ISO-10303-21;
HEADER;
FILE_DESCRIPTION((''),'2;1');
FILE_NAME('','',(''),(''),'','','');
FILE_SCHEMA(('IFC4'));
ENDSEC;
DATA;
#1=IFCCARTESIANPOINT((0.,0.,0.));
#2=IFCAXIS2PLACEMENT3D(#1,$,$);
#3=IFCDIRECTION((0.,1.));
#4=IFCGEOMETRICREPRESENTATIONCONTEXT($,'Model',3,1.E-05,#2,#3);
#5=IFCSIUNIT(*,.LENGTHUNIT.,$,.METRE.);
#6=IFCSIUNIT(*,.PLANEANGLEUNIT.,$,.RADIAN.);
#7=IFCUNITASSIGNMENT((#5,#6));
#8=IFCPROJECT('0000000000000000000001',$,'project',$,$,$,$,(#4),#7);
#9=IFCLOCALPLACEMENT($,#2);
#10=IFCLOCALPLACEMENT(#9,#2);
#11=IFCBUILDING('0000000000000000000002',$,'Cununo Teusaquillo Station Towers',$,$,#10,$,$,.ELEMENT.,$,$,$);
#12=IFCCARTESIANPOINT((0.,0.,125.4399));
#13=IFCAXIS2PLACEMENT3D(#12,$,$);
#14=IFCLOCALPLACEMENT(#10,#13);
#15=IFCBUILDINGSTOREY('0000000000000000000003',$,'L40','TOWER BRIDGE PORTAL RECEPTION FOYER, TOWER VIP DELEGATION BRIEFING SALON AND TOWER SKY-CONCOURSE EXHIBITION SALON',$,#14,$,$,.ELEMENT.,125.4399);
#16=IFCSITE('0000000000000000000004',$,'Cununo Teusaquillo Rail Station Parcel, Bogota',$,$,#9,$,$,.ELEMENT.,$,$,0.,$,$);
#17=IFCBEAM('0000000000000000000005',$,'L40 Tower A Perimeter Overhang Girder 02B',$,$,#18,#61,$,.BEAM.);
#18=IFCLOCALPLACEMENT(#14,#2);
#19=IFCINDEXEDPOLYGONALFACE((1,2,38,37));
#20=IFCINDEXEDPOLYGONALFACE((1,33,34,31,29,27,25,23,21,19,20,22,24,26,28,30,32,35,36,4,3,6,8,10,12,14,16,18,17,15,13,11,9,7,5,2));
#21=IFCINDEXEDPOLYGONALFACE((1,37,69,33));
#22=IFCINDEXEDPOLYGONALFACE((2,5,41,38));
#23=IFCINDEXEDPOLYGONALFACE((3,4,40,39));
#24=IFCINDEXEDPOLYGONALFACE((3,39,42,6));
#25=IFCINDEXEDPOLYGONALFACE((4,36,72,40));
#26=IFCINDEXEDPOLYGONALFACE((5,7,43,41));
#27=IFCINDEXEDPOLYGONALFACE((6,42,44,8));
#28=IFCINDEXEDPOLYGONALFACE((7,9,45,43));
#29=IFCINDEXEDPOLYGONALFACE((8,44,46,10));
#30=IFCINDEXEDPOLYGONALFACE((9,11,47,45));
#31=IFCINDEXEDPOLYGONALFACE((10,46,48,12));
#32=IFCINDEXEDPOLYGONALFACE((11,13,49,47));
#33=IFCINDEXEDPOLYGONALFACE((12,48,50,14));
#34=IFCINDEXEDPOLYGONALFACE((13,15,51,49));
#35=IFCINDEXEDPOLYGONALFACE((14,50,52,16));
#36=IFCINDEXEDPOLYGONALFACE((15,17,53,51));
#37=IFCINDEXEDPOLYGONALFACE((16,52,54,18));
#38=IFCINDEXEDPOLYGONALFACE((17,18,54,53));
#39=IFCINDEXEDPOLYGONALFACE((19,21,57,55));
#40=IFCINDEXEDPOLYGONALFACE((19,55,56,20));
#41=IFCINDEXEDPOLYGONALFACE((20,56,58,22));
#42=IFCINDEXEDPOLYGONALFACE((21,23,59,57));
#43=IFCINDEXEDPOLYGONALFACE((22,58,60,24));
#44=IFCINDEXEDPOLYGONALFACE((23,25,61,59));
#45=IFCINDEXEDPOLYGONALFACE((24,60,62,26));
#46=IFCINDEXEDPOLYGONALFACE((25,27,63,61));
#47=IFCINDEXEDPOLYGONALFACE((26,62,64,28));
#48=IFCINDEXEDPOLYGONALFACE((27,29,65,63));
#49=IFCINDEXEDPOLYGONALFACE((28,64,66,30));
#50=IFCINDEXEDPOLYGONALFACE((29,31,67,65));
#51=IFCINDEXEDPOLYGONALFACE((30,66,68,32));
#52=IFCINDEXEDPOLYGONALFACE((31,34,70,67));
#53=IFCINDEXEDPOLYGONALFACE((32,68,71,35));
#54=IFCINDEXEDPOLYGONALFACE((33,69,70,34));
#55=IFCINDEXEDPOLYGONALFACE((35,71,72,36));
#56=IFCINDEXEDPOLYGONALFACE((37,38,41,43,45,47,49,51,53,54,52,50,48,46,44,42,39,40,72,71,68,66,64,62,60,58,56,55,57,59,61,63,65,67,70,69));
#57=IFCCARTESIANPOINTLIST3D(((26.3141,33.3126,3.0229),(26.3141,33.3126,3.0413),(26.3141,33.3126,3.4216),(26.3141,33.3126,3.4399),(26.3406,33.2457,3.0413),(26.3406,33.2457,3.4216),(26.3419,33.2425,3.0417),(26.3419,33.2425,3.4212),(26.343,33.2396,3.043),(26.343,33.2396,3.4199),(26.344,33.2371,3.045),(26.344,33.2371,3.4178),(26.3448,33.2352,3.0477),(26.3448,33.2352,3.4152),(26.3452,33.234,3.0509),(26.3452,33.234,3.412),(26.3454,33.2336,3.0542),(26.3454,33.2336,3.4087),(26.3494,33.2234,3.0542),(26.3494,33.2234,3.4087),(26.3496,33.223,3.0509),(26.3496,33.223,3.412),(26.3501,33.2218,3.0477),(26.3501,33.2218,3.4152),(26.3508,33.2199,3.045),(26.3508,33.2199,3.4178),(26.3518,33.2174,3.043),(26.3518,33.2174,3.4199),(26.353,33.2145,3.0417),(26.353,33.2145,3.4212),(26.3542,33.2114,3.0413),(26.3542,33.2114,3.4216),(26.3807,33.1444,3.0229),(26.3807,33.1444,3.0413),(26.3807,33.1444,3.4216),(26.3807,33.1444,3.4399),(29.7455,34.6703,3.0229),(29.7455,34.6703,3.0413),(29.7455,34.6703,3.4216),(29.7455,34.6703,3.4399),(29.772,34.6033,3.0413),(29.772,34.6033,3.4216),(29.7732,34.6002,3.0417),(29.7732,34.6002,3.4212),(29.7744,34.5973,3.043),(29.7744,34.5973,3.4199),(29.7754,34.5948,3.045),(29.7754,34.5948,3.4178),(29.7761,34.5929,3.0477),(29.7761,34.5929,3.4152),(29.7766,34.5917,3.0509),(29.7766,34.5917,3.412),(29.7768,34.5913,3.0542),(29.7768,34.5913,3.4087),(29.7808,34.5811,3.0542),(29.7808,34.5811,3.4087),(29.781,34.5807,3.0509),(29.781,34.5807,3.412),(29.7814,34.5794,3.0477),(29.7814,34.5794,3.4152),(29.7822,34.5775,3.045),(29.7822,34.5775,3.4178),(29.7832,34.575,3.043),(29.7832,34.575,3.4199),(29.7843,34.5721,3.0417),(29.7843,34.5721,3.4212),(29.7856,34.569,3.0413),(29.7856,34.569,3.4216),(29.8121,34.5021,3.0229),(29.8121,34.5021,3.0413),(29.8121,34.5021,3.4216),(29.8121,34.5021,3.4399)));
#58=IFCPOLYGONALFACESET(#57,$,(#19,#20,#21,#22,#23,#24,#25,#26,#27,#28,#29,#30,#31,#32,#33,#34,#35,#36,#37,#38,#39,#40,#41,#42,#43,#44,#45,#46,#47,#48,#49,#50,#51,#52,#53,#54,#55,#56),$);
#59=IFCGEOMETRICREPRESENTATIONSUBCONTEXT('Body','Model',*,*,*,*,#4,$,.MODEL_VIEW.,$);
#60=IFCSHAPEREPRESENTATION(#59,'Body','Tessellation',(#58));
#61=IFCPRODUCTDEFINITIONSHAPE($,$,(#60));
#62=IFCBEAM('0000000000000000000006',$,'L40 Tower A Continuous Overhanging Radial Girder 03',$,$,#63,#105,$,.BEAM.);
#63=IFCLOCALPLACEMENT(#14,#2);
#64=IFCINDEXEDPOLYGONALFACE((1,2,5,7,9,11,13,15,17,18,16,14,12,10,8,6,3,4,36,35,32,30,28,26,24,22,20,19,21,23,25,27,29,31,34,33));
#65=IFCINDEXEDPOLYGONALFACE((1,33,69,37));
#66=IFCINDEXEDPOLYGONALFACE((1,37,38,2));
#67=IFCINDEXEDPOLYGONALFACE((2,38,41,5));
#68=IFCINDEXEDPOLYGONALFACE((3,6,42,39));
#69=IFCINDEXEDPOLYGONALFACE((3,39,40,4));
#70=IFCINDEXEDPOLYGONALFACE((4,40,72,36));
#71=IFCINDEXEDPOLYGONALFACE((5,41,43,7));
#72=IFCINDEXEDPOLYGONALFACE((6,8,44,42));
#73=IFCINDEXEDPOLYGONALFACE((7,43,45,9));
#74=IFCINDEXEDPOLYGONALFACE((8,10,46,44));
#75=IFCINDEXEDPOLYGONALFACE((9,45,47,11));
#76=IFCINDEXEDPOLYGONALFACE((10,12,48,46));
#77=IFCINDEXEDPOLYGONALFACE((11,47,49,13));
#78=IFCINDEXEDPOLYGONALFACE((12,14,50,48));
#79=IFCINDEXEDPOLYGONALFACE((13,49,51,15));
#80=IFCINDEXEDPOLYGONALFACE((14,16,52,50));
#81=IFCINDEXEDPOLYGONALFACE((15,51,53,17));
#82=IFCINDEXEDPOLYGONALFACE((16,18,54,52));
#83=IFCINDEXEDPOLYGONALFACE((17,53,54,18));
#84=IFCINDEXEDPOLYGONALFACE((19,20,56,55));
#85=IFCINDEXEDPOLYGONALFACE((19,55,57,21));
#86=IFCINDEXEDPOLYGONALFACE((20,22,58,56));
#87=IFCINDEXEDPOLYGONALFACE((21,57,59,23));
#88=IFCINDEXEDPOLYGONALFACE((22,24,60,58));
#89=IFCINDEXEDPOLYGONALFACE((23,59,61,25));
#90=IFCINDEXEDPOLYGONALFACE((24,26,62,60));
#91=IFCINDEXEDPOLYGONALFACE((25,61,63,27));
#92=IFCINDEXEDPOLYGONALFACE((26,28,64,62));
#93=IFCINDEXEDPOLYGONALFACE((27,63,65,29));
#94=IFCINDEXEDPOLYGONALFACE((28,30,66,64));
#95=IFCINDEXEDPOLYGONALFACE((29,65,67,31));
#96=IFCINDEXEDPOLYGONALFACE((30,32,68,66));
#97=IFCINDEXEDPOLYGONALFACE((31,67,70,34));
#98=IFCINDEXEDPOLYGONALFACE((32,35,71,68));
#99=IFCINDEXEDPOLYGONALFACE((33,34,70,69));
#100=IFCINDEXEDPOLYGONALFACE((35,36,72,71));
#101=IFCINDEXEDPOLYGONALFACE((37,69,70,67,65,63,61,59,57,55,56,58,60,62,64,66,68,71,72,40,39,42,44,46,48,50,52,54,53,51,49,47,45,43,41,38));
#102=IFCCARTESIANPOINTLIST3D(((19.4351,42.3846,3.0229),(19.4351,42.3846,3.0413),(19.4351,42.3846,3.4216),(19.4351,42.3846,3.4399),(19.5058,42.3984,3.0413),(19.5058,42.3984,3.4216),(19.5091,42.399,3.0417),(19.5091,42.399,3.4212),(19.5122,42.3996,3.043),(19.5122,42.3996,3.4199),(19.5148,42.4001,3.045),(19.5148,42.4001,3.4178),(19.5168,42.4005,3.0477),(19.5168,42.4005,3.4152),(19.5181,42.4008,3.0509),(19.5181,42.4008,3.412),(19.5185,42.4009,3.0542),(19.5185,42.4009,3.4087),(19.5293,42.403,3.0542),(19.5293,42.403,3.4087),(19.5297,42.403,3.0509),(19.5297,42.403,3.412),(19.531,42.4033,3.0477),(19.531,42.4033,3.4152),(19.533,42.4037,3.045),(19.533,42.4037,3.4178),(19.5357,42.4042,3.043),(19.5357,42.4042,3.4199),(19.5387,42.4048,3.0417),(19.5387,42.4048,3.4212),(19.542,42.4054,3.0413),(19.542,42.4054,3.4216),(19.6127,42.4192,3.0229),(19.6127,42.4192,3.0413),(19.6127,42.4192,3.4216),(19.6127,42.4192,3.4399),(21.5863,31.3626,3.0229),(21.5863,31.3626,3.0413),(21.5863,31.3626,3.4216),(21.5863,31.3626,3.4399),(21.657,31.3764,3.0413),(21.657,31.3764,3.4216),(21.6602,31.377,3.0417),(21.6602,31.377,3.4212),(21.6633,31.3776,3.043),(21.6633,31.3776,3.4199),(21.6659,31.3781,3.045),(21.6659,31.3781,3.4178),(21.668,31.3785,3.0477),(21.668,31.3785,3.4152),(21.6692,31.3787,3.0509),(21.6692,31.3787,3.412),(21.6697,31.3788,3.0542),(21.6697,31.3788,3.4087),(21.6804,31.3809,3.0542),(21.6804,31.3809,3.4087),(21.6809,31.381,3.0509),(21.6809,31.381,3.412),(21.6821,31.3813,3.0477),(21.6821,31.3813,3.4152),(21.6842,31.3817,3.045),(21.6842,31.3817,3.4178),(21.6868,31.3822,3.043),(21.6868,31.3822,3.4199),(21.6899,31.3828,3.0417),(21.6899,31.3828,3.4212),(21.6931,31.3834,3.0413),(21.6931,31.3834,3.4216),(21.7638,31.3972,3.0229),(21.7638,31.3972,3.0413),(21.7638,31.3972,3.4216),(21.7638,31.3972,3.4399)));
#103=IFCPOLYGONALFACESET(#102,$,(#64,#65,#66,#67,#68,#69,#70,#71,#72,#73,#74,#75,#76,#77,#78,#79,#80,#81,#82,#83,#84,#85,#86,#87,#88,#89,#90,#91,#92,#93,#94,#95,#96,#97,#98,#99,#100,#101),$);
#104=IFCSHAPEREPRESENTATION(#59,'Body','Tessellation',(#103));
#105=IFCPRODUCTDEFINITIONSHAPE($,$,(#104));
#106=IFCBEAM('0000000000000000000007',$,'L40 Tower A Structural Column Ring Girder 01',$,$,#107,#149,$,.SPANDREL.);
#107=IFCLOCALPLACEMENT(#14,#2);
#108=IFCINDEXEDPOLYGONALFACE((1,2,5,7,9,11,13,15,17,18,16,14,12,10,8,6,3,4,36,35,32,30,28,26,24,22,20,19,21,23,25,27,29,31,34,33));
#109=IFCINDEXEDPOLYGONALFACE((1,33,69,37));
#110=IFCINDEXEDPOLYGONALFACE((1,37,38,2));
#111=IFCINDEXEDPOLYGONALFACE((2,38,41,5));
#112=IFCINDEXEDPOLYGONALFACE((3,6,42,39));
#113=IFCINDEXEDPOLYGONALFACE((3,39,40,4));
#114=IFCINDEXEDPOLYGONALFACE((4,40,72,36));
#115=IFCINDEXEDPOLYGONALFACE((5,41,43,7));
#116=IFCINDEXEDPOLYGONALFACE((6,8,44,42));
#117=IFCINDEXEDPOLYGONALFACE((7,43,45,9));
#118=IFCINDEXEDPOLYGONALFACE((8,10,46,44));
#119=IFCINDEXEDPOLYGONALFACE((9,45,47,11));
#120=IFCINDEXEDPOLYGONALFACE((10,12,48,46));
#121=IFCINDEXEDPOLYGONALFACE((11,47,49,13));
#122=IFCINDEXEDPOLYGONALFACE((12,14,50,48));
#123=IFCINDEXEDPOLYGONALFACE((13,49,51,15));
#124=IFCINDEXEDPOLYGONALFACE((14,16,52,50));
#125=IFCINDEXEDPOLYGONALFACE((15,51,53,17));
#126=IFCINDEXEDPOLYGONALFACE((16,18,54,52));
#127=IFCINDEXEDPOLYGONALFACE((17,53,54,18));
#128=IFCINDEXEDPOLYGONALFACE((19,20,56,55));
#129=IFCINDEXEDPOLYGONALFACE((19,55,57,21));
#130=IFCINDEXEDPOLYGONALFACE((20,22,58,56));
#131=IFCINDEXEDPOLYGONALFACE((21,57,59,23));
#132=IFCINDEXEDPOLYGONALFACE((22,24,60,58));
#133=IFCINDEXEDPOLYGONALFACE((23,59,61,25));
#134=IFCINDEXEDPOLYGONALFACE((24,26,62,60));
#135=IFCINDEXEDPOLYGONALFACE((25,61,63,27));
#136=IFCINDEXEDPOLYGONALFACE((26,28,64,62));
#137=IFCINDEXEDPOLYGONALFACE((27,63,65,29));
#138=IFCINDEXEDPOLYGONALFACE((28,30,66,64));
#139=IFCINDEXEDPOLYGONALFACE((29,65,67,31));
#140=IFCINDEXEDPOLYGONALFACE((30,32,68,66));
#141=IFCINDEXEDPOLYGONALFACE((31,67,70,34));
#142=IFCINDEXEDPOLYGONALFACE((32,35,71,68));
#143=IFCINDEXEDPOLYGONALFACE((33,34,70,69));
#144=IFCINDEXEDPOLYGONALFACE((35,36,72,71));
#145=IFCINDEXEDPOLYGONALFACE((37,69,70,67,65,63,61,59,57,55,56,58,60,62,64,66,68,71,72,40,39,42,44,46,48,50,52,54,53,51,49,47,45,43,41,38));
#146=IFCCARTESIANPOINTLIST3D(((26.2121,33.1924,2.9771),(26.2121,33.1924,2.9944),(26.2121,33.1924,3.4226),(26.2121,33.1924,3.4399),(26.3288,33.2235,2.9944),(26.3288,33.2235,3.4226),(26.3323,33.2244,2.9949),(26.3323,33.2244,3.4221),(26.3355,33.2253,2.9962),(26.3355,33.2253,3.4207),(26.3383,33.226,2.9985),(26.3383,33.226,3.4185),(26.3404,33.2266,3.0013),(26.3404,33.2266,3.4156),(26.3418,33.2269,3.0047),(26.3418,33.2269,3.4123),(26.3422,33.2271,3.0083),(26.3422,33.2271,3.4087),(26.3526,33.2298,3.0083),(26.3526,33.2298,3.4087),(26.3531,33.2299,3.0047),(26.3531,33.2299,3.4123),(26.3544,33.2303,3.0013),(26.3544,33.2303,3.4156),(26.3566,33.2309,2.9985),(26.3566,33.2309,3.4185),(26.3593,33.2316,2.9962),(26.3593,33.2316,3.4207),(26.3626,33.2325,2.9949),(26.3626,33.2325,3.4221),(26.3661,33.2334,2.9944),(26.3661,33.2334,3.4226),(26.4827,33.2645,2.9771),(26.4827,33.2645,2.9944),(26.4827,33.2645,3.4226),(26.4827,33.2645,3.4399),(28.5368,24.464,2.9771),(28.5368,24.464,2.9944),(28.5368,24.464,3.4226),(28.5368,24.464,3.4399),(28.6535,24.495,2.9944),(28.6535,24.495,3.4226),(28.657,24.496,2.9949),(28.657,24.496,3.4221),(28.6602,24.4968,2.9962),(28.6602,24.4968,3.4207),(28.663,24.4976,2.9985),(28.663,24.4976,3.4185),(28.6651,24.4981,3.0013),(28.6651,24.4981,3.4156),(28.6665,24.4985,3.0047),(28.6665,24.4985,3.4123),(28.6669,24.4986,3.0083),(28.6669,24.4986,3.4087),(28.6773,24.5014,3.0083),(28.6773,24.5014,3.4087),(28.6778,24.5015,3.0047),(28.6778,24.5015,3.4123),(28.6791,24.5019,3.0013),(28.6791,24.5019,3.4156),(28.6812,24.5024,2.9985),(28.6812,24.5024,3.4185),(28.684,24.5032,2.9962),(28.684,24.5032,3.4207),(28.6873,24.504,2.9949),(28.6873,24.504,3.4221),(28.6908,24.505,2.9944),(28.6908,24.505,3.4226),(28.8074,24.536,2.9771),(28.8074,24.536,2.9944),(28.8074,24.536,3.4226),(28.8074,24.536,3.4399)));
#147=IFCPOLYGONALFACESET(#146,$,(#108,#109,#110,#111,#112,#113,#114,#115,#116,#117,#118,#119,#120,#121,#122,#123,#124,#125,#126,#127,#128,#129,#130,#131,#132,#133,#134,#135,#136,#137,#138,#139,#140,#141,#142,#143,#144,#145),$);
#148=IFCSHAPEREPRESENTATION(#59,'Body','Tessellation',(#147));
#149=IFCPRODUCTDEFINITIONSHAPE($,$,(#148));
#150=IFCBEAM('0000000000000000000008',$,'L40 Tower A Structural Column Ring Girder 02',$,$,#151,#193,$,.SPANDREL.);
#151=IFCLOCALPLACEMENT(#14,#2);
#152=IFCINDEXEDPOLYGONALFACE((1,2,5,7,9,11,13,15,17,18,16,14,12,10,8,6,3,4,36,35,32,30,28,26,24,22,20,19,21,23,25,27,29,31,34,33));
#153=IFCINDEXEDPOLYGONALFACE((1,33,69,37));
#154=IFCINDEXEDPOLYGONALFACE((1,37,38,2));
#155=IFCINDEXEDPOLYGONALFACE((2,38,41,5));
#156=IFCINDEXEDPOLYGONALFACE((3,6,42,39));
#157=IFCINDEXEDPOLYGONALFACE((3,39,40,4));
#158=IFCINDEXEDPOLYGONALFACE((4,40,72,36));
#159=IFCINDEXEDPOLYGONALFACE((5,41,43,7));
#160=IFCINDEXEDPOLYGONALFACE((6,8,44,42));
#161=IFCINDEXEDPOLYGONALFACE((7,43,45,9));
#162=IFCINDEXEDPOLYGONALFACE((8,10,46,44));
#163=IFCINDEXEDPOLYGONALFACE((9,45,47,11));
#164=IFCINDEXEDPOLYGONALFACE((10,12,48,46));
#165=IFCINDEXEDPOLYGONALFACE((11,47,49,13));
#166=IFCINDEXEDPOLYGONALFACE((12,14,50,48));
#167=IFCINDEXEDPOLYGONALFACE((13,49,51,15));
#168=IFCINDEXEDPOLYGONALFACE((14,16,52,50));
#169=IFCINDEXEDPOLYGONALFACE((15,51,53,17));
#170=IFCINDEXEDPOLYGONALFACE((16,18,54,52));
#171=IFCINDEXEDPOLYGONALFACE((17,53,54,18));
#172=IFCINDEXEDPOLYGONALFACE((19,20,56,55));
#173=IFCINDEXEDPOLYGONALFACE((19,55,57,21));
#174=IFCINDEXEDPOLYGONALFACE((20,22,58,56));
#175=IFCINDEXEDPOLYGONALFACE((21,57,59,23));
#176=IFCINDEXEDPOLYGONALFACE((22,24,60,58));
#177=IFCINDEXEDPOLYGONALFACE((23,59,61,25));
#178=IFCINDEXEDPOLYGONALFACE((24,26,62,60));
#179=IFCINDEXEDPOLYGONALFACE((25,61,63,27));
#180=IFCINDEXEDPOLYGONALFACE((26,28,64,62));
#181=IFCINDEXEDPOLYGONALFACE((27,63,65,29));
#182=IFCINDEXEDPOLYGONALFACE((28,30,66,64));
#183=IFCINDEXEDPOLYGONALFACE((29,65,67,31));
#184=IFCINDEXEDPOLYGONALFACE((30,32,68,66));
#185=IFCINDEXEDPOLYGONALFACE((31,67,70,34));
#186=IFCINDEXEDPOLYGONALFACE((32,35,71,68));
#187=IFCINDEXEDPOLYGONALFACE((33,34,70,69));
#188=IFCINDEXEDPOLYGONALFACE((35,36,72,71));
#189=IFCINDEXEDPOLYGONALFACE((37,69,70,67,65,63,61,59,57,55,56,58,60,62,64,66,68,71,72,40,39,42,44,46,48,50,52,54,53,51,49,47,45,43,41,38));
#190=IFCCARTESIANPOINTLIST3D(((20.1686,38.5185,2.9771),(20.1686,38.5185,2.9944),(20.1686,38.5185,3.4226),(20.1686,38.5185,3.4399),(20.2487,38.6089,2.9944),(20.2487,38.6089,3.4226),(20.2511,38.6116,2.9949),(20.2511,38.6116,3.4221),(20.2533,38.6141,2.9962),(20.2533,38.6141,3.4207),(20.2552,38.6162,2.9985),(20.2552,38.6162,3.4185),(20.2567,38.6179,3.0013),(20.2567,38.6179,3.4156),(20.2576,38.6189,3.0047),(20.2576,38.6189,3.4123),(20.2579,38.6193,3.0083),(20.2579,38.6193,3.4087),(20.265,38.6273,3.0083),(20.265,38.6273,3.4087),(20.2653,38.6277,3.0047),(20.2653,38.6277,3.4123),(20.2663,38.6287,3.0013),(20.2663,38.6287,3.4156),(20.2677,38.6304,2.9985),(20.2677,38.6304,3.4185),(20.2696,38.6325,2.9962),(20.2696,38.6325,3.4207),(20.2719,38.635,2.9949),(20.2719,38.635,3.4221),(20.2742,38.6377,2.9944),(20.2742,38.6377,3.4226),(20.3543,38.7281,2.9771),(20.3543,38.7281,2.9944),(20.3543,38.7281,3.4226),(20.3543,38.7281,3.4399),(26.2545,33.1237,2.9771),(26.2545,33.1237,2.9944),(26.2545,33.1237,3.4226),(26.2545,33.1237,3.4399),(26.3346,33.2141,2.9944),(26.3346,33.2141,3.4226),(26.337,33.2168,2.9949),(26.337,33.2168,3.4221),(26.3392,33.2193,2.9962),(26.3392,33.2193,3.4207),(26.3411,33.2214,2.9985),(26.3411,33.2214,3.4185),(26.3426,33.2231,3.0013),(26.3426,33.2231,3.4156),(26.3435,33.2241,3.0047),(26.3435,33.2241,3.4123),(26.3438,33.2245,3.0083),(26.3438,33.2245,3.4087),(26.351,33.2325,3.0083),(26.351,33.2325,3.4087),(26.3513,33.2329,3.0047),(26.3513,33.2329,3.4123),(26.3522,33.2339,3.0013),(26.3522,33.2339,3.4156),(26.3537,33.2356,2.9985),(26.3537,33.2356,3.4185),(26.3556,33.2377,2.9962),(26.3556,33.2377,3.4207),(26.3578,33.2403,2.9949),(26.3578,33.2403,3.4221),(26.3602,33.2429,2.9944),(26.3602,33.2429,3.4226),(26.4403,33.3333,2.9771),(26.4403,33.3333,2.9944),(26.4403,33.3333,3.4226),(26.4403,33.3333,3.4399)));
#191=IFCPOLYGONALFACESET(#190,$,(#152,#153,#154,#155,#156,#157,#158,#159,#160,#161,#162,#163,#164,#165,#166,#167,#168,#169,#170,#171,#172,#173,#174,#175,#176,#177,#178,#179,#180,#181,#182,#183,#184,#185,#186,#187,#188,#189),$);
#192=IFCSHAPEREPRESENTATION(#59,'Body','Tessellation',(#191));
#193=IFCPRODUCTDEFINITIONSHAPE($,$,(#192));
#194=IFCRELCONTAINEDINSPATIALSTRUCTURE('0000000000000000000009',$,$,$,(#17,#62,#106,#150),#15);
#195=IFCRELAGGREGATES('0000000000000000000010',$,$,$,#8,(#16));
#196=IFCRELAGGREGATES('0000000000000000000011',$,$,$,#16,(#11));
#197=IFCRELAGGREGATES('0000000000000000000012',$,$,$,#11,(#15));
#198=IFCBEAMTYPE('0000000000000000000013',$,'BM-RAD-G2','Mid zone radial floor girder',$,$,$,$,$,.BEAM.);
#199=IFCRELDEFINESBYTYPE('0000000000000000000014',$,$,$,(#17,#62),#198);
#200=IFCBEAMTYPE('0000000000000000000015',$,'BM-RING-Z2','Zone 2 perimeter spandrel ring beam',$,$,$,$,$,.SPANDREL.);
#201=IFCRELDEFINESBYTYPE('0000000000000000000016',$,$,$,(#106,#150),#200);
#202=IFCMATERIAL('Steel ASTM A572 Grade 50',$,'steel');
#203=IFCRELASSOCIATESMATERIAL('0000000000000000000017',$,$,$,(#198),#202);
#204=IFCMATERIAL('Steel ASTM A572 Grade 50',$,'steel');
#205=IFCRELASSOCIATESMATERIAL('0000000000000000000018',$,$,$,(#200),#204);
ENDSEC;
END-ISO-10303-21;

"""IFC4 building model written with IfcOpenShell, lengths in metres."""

from ifc_helpers import new_model, si_unit, direction, frame, origin, origin_2d, place, context, subcontext, project, spatial, i_section, extrude, material, material_profile, profile_set, type_object, element, save


model = new_model("IFC4")

# Units and contexts
model_context = context("Model", 3, precision=1e-05, world=origin(), true_north=direction((0.0, 1.0)))
body_context = subcontext(model_context, "Body", "Model", "MODEL_VIEW")
ifc_project = project(units=[si_unit("LENGTHUNIT", "METRE"), si_unit("PLANEANGLEUNIT", "RADIAN")], contexts=[model_context])

# Site, building, storey
site_placement = place(None, origin())
site = spatial("IfcSite", under=ifc_project, at=site_placement, Name="Cununo Teusaquillo Rail Station Parcel, Bogota", CompositionType="ELEMENT", RefElevation=0.0)
building_placement = place(site_placement, origin())
building = spatial("IfcBuilding", under=site, at=building_placement, Name="Cununo Teusaquillo Station Towers", CompositionType="ELEMENT")
storey_placement = place(building_placement, frame((0.0, 0.0, 125.4399)))
storey = spatial("IfcBuildingStorey", under=building, at=storey_placement, Name="L40", Description="TOWER BRIDGE PORTAL RECEPTION FOYER, TOWER VIP DELEGATION BRIEFING SALON AND TOWER SKY-CONCOURSE EXHIBITION SALON", CompositionType="ELEMENT", Elevation=125.4399)

# Beams
ifc_material_1 = material(Name="Steel ASTM A572 Grade 50", Category="steel")
ifc_material_profile_1 = material_profile(ifc_material_1, i_section(OverallWidth=0.1809, OverallDepth=0.417, WebThickness=0.011, FlangeThickness=0.0183, FilletRadius=0.0129, at=origin_2d()), Name="W16X57")
ifc_profile_set_1 = profile_set([ifc_material_profile_1], Name="Steel ASTM A572 Grade 50")
beam_type_1 = type_object("IfcBeamType", Name="BM-RAD-G2", Description="Mid zone radial floor girder", PredefinedType="BEAM", material=ifc_profile_set_1)
beam_1_placement = place(storey_placement, frame((26.3474, 33.2285, 3.2314), z_axis=(0.929862, 0.367909, 0.0), x_axis=(-0.367909, 0.929862, 0.0)))
element("IfcBeam", 1, at=beam_1_placement, inside=storey, type_object=beam_type_1, Name="L40 Tower A Perimeter Overhang Girder 02B", PredefinedType="BEAM", context=body_context, shape_type="SweptSolid", body=[
    extrude(i_section(OverallWidth=0.1809, OverallDepth=0.417, WebThickness=0.011, FlangeThickness=0.0183, FilletRadius=0.0129, at=origin_2d()), origin(), (0.0, 0.0, 1.0), 3.6902),
])
beam_2_placement = place(storey_placement, frame((21.675, 31.3799, 3.2314), z_axis=(-0.191553, 0.981482, 0.0), x_axis=(-0.981482, -0.191553, 0.0)))
element("IfcBeam", 2, at=beam_2_placement, inside=storey, type_object=beam_type_1, Name="L40 Tower A Continuous Overhanging Radial Girder 03", PredefinedType="BEAM", context=body_context, shape_type="SweptSolid", body=[
    extrude(i_section(OverallWidth=0.1809, OverallDepth=0.417, WebThickness=0.011, FlangeThickness=0.0183, FilletRadius=0.0129, at=origin_2d()), origin(), (0.0, 0.0, 1.0), 11.23),
])
ifc_material_2 = material(Name="Steel ASTM A572 Grade 50", Category="steel")
ifc_material_profile_2 = material_profile(ifc_material_2, i_section(OverallWidth=0.28, OverallDepth=0.4629, WebThickness=0.0107, FlangeThickness=0.0173, FilletRadius=0.0139, at=origin_2d()), Name="W18X76")
ifc_profile_set_2 = profile_set([ifc_material_profile_2], Name="Steel ASTM A572 Grade 50")
beam_type_2 = type_object("IfcBeamType", Name="BM-RING-Z2", Description="Zone 2 perimeter spandrel ring beam", PredefinedType="SPANDREL", material=ifc_profile_set_2)
beam_3_placement = place(storey_placement, frame((28.6721, 24.5, 3.2085), z_axis=(-0.257363, 0.966315, 0.0), x_axis=(-0.966315, -0.257363, 0.0)))
element("IfcBeam", 3, at=beam_3_placement, inside=storey, type_object=beam_type_2, Name="L40 Tower A Structural Column Ring Girder 01", PredefinedType="SPANDREL", context=body_context, shape_type="SweptSolid", body=[
    extrude(i_section(OverallWidth=0.28, OverallDepth=0.4629, WebThickness=0.0107, FlangeThickness=0.0173, FilletRadius=0.0139, at=origin_2d()), origin(), (0.0, 0.0, 1.0), 9.0327),
])
beam_4_placement = place(storey_placement, frame((26.3474, 33.2285, 3.2085), z_axis=(-0.748321, 0.663337, 0.0), x_axis=(-0.663337, -0.748321, 0.0)))
element("IfcBeam", 4, at=beam_4_placement, inside=storey, type_object=beam_type_2, Name="L40 Tower A Structural Column Ring Girder 02", PredefinedType="SPANDREL", context=body_context, shape_type="SweptSolid", body=[
    extrude(i_section(OverallWidth=0.28, OverallDepth=0.4629, WebThickness=0.0107, FlangeThickness=0.0173, FilletRadius=0.0139, at=origin_2d()), origin(), (0.0, 0.0, 1.0), 8.1328),
])

save(model, "model.ifc")
